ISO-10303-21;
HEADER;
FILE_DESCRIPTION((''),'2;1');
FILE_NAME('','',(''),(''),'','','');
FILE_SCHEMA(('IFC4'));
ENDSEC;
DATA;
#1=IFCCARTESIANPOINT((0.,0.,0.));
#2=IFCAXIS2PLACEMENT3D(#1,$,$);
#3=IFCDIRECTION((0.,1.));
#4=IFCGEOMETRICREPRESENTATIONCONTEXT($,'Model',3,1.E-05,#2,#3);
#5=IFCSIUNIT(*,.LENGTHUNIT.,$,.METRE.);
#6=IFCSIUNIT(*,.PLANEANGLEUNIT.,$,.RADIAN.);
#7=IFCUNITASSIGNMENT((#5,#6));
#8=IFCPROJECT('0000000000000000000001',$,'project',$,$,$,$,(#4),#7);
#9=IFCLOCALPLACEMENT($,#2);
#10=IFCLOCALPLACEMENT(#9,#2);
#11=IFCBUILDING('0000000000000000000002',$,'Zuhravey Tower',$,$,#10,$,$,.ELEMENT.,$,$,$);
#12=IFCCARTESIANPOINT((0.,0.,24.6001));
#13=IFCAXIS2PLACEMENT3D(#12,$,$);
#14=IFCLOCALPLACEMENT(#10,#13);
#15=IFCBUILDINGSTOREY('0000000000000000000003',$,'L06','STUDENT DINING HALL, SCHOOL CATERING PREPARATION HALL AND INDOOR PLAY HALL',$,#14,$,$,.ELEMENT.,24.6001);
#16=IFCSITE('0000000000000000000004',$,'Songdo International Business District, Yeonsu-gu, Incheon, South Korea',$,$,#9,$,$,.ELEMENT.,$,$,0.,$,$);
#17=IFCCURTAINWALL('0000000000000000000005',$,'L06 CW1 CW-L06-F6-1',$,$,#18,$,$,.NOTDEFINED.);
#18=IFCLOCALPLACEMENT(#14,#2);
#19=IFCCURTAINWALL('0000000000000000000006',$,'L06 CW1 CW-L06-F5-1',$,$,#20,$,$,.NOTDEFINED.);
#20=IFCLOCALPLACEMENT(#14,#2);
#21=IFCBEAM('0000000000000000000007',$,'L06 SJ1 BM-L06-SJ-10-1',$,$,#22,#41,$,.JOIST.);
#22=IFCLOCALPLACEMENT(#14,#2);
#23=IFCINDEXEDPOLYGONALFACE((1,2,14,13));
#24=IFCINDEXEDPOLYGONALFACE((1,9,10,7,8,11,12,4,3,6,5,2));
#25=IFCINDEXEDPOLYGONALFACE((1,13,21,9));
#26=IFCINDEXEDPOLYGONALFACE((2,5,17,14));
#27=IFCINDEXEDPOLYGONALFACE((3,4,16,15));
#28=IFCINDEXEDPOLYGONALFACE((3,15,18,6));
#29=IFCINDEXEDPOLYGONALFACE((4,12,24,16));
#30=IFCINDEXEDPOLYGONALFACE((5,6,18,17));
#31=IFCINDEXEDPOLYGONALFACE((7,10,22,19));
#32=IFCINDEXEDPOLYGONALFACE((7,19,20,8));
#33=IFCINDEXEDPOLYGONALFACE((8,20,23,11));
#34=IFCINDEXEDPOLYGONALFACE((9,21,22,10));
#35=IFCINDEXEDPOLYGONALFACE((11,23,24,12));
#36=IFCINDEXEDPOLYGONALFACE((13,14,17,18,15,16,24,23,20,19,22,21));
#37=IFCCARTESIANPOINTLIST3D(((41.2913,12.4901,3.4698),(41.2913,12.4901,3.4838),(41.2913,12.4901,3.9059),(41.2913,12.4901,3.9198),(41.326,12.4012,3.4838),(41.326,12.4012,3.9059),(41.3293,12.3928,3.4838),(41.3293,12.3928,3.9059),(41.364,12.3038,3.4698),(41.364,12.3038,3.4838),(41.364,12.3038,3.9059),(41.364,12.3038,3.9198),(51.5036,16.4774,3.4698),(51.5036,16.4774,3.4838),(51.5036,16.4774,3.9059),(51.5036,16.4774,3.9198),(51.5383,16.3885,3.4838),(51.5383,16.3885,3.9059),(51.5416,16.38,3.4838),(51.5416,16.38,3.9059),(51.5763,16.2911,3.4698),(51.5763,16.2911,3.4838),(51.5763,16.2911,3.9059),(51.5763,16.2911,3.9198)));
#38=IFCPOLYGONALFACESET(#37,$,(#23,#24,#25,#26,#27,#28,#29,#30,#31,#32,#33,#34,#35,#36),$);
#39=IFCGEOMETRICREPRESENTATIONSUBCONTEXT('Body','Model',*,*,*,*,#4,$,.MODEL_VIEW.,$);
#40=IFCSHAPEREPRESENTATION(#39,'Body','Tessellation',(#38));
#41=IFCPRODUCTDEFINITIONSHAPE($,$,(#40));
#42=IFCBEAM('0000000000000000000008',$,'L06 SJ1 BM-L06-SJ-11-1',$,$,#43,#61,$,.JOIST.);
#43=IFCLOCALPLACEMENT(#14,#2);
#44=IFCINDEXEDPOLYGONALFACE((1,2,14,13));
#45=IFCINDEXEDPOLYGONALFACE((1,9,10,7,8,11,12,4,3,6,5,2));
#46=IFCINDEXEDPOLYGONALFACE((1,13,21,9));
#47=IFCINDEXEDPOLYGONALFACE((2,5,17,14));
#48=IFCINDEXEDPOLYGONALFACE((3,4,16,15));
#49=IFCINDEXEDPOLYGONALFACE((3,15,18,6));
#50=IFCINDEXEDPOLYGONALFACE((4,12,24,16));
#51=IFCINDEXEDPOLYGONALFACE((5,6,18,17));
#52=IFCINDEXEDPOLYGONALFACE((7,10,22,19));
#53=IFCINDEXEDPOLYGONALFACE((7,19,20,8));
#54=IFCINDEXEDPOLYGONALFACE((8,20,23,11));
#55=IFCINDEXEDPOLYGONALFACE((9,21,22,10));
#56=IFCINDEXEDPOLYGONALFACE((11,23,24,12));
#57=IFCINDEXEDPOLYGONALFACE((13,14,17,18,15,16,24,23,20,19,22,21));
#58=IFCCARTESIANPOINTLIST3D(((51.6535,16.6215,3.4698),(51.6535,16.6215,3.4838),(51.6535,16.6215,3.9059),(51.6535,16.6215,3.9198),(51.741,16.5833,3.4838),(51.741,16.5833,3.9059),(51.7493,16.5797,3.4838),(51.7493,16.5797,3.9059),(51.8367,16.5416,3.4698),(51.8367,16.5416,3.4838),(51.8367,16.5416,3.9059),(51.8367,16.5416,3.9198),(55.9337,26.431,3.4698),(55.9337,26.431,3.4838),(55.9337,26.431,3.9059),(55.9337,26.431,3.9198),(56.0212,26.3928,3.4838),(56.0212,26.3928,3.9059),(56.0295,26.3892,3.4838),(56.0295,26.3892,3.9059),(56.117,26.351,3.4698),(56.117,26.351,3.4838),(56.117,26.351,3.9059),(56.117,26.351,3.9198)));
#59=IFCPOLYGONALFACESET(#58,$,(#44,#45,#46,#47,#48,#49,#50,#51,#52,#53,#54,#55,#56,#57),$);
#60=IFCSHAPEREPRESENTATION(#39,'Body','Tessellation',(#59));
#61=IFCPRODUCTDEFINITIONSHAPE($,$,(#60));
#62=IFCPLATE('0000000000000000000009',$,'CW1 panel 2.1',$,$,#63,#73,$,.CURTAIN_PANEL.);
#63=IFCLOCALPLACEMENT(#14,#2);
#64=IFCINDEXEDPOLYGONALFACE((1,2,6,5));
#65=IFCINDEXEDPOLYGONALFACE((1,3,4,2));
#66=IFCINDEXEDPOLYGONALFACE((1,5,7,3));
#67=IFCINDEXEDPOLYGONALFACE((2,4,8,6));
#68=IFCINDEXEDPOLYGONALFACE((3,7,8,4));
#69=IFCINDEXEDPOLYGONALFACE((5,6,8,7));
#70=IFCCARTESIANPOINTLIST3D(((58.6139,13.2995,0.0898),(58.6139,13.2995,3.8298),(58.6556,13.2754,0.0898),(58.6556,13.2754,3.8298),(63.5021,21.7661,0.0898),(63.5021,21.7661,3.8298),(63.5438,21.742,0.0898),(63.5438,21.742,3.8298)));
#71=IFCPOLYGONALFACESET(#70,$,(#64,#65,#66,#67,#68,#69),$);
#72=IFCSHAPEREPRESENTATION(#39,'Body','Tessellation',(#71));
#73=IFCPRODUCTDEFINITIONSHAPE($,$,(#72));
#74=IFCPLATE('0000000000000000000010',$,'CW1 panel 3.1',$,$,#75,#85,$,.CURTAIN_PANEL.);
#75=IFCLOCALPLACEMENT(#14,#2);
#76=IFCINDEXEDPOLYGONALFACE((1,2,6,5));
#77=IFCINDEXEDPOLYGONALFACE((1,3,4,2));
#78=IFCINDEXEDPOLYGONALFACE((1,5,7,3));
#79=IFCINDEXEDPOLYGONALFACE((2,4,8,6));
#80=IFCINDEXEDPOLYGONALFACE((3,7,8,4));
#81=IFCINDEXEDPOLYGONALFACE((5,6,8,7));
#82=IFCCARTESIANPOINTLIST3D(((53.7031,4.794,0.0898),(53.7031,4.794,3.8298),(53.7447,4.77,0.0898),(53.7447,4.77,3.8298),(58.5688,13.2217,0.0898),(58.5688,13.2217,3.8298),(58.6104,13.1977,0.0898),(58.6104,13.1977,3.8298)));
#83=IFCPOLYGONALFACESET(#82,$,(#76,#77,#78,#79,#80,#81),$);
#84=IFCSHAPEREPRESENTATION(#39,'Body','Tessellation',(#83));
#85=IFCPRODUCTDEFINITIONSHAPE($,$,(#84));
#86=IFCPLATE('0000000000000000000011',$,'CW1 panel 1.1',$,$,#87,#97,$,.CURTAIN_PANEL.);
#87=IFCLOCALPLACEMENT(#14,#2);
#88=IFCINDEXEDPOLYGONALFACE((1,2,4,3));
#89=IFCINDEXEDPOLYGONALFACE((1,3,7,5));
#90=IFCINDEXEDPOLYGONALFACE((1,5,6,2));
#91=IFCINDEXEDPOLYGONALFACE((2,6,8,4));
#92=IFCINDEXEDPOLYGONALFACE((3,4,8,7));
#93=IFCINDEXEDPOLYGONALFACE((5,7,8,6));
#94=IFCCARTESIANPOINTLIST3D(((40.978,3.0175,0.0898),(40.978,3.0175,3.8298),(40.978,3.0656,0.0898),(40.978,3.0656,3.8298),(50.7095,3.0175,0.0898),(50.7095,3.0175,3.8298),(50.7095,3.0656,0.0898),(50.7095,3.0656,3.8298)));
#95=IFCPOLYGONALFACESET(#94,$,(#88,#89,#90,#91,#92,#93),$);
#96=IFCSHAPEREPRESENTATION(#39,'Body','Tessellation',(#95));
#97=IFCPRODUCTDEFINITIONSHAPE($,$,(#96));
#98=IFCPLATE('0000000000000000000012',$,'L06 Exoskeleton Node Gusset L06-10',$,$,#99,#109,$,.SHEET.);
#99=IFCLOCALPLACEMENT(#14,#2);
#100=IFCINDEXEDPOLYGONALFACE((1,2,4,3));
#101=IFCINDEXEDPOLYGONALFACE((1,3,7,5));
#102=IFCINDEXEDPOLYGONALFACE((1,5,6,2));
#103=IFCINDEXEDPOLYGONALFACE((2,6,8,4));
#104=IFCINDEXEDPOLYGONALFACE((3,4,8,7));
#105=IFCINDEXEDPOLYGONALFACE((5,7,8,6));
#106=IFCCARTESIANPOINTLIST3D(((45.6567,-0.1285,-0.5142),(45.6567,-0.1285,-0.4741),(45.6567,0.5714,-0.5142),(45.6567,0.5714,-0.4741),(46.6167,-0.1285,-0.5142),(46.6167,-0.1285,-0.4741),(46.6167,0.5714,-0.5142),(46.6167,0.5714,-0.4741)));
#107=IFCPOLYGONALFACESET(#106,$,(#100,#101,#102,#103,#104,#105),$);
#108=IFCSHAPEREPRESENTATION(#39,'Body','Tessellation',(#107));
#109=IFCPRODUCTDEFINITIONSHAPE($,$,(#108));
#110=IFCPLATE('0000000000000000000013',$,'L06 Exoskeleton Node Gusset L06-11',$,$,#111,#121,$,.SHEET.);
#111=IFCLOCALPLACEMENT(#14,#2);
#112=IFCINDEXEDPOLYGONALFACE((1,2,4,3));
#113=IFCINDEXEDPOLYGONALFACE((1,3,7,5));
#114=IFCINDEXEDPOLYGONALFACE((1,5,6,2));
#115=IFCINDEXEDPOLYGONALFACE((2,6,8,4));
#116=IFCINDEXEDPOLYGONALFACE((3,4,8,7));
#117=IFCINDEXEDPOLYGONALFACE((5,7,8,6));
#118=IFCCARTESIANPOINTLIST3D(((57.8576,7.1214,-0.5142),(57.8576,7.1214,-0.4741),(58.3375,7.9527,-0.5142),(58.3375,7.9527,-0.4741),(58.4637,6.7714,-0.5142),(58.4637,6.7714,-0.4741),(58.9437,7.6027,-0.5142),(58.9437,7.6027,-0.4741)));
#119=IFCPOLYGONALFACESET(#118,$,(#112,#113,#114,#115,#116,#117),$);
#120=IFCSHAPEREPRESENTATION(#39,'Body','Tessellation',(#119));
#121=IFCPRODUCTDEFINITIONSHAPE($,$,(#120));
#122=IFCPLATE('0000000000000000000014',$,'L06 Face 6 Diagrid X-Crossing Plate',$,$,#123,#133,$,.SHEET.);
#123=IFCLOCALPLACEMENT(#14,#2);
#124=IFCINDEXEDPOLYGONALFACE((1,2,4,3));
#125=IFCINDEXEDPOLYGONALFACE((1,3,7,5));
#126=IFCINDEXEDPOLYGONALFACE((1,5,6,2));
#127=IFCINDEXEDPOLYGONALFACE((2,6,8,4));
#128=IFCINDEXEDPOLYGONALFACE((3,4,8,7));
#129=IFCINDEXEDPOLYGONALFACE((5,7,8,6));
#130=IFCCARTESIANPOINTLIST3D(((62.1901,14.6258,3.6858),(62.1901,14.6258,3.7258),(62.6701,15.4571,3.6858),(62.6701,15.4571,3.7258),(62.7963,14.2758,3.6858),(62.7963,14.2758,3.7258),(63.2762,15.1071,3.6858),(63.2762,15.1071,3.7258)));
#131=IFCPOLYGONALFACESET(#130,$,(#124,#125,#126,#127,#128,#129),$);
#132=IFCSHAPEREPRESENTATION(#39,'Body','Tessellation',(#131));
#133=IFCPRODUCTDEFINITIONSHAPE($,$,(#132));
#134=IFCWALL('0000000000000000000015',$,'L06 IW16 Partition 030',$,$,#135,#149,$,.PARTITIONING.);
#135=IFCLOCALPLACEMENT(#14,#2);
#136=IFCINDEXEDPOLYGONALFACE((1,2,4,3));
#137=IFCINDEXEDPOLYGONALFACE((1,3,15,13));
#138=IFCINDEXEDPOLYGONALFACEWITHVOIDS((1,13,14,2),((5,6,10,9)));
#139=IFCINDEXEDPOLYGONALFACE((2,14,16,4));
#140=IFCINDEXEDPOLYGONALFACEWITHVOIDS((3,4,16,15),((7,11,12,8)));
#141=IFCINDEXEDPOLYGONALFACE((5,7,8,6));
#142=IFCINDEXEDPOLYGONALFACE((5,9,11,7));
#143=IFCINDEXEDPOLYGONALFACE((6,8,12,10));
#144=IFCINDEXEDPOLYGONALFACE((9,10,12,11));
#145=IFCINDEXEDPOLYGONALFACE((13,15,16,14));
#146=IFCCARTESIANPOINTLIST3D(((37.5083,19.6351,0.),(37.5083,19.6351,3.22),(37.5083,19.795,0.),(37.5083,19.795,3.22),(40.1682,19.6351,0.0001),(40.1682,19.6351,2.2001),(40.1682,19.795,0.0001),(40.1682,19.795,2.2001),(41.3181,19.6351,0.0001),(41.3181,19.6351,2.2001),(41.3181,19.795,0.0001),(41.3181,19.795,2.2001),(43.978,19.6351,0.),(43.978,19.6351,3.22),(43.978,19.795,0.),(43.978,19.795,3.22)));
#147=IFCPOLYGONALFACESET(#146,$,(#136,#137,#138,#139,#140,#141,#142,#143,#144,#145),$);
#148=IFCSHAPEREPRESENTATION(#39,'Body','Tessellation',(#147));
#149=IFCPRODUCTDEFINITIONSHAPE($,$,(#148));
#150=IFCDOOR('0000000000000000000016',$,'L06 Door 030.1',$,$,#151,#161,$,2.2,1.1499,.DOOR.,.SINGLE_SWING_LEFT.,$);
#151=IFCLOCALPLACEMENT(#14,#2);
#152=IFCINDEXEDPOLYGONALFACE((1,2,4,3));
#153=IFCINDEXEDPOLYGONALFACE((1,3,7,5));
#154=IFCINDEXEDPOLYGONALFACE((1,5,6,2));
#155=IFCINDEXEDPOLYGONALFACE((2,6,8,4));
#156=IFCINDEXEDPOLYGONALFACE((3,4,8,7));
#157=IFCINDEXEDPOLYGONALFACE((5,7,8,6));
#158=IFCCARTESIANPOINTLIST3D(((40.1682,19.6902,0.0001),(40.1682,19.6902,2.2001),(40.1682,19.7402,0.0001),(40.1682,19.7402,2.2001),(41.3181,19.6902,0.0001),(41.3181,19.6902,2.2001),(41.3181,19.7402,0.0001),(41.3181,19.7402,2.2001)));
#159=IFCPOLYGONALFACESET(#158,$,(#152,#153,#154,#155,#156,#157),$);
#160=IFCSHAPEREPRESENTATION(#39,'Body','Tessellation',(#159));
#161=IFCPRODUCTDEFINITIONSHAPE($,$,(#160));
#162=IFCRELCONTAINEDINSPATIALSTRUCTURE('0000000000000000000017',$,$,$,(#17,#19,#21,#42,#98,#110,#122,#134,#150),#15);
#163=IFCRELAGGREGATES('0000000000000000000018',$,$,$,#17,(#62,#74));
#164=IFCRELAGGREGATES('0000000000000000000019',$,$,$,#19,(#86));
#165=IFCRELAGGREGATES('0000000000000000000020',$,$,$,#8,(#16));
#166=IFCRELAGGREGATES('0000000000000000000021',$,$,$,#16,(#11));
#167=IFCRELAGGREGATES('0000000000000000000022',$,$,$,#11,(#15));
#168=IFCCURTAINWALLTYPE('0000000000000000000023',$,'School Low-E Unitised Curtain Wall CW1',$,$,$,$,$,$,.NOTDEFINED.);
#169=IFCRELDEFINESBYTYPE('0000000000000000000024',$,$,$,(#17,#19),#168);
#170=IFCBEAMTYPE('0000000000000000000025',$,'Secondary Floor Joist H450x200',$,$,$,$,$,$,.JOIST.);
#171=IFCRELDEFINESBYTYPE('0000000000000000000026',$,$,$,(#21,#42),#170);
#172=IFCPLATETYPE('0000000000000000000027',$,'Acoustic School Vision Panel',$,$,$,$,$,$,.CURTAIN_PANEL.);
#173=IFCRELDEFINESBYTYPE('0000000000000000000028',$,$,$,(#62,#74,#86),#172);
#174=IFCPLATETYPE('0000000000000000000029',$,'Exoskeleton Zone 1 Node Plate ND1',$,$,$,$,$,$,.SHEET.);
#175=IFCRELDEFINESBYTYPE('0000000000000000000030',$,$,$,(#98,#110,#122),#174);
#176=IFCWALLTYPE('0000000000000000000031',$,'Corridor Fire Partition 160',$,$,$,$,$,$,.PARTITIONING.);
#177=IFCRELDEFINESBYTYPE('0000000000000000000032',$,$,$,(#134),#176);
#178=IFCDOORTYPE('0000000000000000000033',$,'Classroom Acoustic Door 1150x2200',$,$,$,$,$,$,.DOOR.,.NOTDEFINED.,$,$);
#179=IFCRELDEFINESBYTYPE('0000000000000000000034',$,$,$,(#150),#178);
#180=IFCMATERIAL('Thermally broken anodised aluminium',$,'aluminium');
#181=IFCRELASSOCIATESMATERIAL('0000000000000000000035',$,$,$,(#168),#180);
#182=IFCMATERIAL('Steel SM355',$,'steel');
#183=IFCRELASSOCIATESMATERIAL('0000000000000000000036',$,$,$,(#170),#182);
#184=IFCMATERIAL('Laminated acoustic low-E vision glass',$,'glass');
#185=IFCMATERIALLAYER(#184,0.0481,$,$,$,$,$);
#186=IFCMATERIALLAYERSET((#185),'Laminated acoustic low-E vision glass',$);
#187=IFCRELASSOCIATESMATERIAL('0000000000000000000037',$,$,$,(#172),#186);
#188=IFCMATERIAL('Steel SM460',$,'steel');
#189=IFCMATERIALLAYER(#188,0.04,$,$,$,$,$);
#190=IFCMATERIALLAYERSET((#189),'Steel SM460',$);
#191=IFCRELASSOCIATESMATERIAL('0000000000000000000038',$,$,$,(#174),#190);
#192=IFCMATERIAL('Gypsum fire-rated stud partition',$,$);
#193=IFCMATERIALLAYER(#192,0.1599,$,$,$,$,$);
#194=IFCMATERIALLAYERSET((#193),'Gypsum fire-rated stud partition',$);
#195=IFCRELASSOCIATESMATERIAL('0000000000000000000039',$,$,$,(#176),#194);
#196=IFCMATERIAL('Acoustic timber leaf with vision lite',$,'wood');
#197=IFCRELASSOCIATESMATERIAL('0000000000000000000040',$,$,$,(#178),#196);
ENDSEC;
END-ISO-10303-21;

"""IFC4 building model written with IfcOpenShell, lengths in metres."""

from ifc_helpers import new_model, si_unit, direction, frame, frame_2d, origin, origin_2d, place, context, subcontext, project, spatial, rectangle, i_section, extrude, material, layer, layer_set, material_profile, profile_set, type_object, element, fill, aggregate, save


model = new_model("IFC4")

# Units and contexts
model_context = context("Model", 3, precision=1e-05, world=origin(), true_north=direction((0.0, 1.0)))
body_context = subcontext(model_context, "Body", "Model", "MODEL_VIEW")
ifc_project = project(units=[si_unit("LENGTHUNIT", "METRE"), si_unit("PLANEANGLEUNIT", "RADIAN")], contexts=[model_context])

# Site, building, storey
site_placement = place(None, origin())
site = spatial("IfcSite", under=ifc_project, at=site_placement, Name="Songdo International Business District, Yeonsu-gu, Incheon, South Korea", CompositionType="ELEMENT", RefElevation=0.0)
building_placement = place(site_placement, origin())
building = spatial("IfcBuilding", under=site, at=building_placement, Name="Zuhravey Tower", CompositionType="ELEMENT")
storey_placement = place(building_placement, frame((0.0, 0.0, 24.6001)))
storey = spatial("IfcBuildingStorey", under=building, at=storey_placement, Name="L06", Description="STUDENT DINING HALL, SCHOOL CATERING PREPARATION HALL AND INDOOR PLAY HALL", CompositionType="ELEMENT", Elevation=24.6001)

# Curtain walls
ifc_material_1 = material(Name="Thermally broken anodised aluminium", Category="aluminium")
curtain_wall_type = type_object("IfcCurtainWallType", Name="School Low-E Unitised Curtain Wall CW1", PredefinedType="NOTDEFINED", material=ifc_material_1)
curtain_wall_1_placement = place(storey_placement, origin())
curtain_wall_1 = element("IfcCurtainWall", 1, at=curtain_wall_1_placement, inside=storey, type_object=curtain_wall_type, Name="L06 CW1 CW-L06-F6-1", PredefinedType="NOTDEFINED")
curtain_wall_2_placement = place(storey_placement, origin())
curtain_wall_2 = element("IfcCurtainWall", 2, at=curtain_wall_2_placement, inside=storey, type_object=curtain_wall_type, Name="L06 CW1 CW-L06-F5-1", PredefinedType="NOTDEFINED")

# Shared definitions
ifc_material_2 = material(Name="Steel SM355", Category="steel")
ifc_material_3 = material(Name="Steel SM460", Category="steel")

# Beams
ifc_material_profile_1 = material_profile(ifc_material_2, i_section(OverallWidth=0.2, OverallDepth=0.45, WebThickness=0.009, FlangeThickness=0.0139, at=origin_2d()), Name="H-450x200x9x14")
ifc_profile_set_1 = profile_set([ifc_material_profile_1], Name="Steel SM355")
beam_type_1 = type_object("IfcBeamType", Name="Secondary Floor Joist H450x200", PredefinedType="JOIST", material=ifc_profile_set_1)
beam_1_placement = place(storey_placement, frame((41.3276, 12.397, 3.6948), z_axis=(0.931517, 0.363699, 0.0), x_axis=(-0.363699, 0.931517, 0.0)))
element("IfcBeam", 3, at=beam_1_placement, inside=storey, type_object=beam_type_1, Name="L06 SJ1 BM-L06-SJ-10-1", PredefinedType="JOIST", context=body_context, shape_type="SweptSolid", body=[
    extrude(i_section(OverallWidth=0.2, OverallDepth=0.45, WebThickness=0.009, FlangeThickness=0.0139, at=origin_2d()), origin(), (0.0, 0.0, 1.0), 10.9631),
])
beam_2_placement = place(storey_placement, frame((51.7451, 16.5815, 3.6948), z_axis=(0.399924, 0.916549, 0.0), x_axis=(-0.916549, 0.399924, 0.0)))
element("IfcBeam", 4, at=beam_2_placement, inside=storey, type_object=beam_type_1, Name="L06 SJ1 BM-L06-SJ-11-1", PredefinedType="JOIST", context=body_context, shape_type="SweptSolid", body=[
    extrude(i_section(OverallWidth=0.2, OverallDepth=0.45, WebThickness=0.009, FlangeThickness=0.0139, at=origin_2d()), origin(), (0.0, 0.0, 1.0), 10.7026),
])

# Plates
ifc_material_4 = material(Name="Laminated acoustic low-E vision glass", Category="glass")
ifc_layer_1 = layer(ifc_material_4, 0.0481)
ifc_layer_set_1 = layer_set([ifc_layer_1], Name="Laminated acoustic low-E vision glass")
plate_type_1 = type_object("IfcPlateType", Name="Acoustic School Vision Panel", PredefinedType="CURTAIN_PANEL", material=ifc_layer_set_1)
plate_1_placement = place(storey_placement, frame((61.0789, 17.5208, 0.0898), z_axis=(0.0, 0.0, 1.0), x_axis=(-0.5, -0.866026, 0.0)))
plate_1 = element("IfcPlate", 5, at=plate_1_placement, type_object=plate_type_1, Name="CW1 panel 2.1", PredefinedType="CURTAIN_PANEL", context=body_context, shape_type="SweptSolid", body=[
    extrude(rectangle(XDim=9.7764, YDim=0.0481, at=origin_2d()), origin(), (0.0, 0.0, 1.0), 3.74),
])
plate_2_placement = place(storey_placement, frame((56.1567, 8.9958, 0.0898), z_axis=(0.0, 0.0, 1.0), x_axis=(-0.5, -0.866026, 0.0)))
plate_2 = element("IfcPlate", 6, at=plate_2_placement, type_object=plate_type_1, Name="CW1 panel 3.1", PredefinedType="CURTAIN_PANEL", context=body_context, shape_type="SweptSolid", body=[
    extrude(rectangle(XDim=9.7314, YDim=0.0481, at=origin_2d()), origin(), (0.0, 0.0, 1.0), 3.74),
])
aggregate(curtain_wall_1, [plate_1, plate_2])
plate_3_placement = place(storey_placement, frame((45.8438, 3.0415, 0.0898), z_axis=(0.0, 0.0, 1.0), x_axis=(-1.0, 0.0, 0.0)))
plate_3 = element("IfcPlate", 7, at=plate_3_placement, type_object=plate_type_1, Name="CW1 panel 1.1", PredefinedType="CURTAIN_PANEL", context=body_context, shape_type="SweptSolid", body=[
    extrude(rectangle(XDim=9.7314, YDim=0.0481, at=origin_2d()), origin(), (0.0, 0.0, 1.0), 3.74),
])
aggregate(curtain_wall_2, [plate_3])

# Plates
ifc_layer_2 = layer(ifc_material_3, 0.04)
ifc_layer_set_2 = layer_set([ifc_layer_2], Name="Steel SM460")
plate_type_2 = type_object("IfcPlateType", Name="Exoskeleton Zone 1 Node Plate ND1", PredefinedType="SHEET", material=ifc_layer_set_2)
for number, where, z_axis, x_axis, name in (
    (8, (46.1367, 0.2214, -0.5142), (0.0, 0.0, 1.0), (1.0, 0.0, 0.0), "L06 Exoskeleton Node Gusset L06-10"),
    (9, (58.4006, 7.3621, -0.5142), (0.0, 0.0, 1.0), (0.5, 0.866025, 0.0), "L06 Exoskeleton Node Gusset L06-11"),
    (10, (62.7332, 14.8665, 3.6858), (0.0, 0.0, 1.0), (0.5, 0.866025, 0.0), "L06 Face 6 Diagrid X-Crossing Plate"),
):
    element("IfcPlate", number, at=place(storey_placement, frame(where, z_axis=z_axis, x_axis=x_axis)), inside=storey, type_object=plate_type_2, Name=name, PredefinedType="SHEET", context=body_context, shape_type="SweptSolid", body=[
        extrude(rectangle(XDim=0.96, YDim=0.7, at=origin_2d()), origin(), (0.0, 0.0, 1.0), 0.04),
    ])

# Wall, opening, door
ifc_material_5 = material(Name="Gypsum fire-rated stud partition")
ifc_layer_3 = layer(ifc_material_5, 0.1599)
ifc_layer_set_3 = layer_set([ifc_layer_3], Name="Gypsum fire-rated stud partition")
wall_type_1 = type_object("IfcWallType", Name="Corridor Fire Partition 160", PredefinedType="PARTITIONING", material=ifc_layer_set_3)
wall_1_placement = place(storey_placement, frame((37.5083, 19.7151, 0.0), z_axis=(0.0, 0.0, 1.0), x_axis=(1.0, 0.0, 0.0)))
wall_1 = element("IfcWall", 11, at=wall_1_placement, inside=storey, type_object=wall_type_1, Name="L06 IW16 Partition 030", PredefinedType="PARTITIONING", context=body_context, shape_type="SweptSolid", body=[
    extrude(rectangle(XDim=6.4697, YDim=0.1599, at=frame_2d((3.2349, 0.0))), origin(), (0.0, 0.0, 1.0), 3.22),
])
opening_1_placement = place(wall_1_placement, frame((2.6599, 0.0, 0.0)))
opening_1 = element("IfcOpeningElement", 12, at=opening_1_placement, cuts=wall_1, PredefinedType="OPENING", context=body_context, shape_type="SweptSolid", body=[
    extrude(rectangle(XDim=1.1499, YDim=2.2, at=frame_2d((0.575, 1.1001))), frame((0.0, 0.092, 0.0), z_axis=(0.0, -1.0, 0.0), x_axis=(1.0, 0.0, 0.0)), (0.0, 0.0, 1.0), 0.1838),
])
ifc_material_6 = material(Name="Acoustic timber leaf with vision lite", Category="wood")
door_type_1 = type_object("IfcDoorType", Name="Classroom Acoustic Door 1150x2200", OperationType="NOTDEFINED", PredefinedType="DOOR", material=ifc_material_6)
door_1_placement = place(opening_1_placement, frame((1.1499, 0.0, 0.0), z_axis=(0.0, 0.0, 1.0), x_axis=(-1.0, 0.0, 0.0)))
door_1 = element("IfcDoor", 13, at=door_1_placement, inside=storey, type_object=door_type_1, Name="L06 Door 030.1", OperationType="SINGLE_SWING_LEFT", OverallHeight=2.2, OverallWidth=1.1499, PredefinedType="DOOR", context=body_context, shape_type="SweptSolid", body=[
    extrude(rectangle(XDim=1.1499, YDim=2.2, at=frame_2d((0.575, 1.1001))), frame((0.0, 0.0249, 0.0), z_axis=(0.0, -1.0, 0.0), x_axis=(1.0, 0.0, 0.0)), (0.0, 0.0, 1.0), 0.05),
])
fill(opening_1, door_1)

save(model, "model.ifc")
